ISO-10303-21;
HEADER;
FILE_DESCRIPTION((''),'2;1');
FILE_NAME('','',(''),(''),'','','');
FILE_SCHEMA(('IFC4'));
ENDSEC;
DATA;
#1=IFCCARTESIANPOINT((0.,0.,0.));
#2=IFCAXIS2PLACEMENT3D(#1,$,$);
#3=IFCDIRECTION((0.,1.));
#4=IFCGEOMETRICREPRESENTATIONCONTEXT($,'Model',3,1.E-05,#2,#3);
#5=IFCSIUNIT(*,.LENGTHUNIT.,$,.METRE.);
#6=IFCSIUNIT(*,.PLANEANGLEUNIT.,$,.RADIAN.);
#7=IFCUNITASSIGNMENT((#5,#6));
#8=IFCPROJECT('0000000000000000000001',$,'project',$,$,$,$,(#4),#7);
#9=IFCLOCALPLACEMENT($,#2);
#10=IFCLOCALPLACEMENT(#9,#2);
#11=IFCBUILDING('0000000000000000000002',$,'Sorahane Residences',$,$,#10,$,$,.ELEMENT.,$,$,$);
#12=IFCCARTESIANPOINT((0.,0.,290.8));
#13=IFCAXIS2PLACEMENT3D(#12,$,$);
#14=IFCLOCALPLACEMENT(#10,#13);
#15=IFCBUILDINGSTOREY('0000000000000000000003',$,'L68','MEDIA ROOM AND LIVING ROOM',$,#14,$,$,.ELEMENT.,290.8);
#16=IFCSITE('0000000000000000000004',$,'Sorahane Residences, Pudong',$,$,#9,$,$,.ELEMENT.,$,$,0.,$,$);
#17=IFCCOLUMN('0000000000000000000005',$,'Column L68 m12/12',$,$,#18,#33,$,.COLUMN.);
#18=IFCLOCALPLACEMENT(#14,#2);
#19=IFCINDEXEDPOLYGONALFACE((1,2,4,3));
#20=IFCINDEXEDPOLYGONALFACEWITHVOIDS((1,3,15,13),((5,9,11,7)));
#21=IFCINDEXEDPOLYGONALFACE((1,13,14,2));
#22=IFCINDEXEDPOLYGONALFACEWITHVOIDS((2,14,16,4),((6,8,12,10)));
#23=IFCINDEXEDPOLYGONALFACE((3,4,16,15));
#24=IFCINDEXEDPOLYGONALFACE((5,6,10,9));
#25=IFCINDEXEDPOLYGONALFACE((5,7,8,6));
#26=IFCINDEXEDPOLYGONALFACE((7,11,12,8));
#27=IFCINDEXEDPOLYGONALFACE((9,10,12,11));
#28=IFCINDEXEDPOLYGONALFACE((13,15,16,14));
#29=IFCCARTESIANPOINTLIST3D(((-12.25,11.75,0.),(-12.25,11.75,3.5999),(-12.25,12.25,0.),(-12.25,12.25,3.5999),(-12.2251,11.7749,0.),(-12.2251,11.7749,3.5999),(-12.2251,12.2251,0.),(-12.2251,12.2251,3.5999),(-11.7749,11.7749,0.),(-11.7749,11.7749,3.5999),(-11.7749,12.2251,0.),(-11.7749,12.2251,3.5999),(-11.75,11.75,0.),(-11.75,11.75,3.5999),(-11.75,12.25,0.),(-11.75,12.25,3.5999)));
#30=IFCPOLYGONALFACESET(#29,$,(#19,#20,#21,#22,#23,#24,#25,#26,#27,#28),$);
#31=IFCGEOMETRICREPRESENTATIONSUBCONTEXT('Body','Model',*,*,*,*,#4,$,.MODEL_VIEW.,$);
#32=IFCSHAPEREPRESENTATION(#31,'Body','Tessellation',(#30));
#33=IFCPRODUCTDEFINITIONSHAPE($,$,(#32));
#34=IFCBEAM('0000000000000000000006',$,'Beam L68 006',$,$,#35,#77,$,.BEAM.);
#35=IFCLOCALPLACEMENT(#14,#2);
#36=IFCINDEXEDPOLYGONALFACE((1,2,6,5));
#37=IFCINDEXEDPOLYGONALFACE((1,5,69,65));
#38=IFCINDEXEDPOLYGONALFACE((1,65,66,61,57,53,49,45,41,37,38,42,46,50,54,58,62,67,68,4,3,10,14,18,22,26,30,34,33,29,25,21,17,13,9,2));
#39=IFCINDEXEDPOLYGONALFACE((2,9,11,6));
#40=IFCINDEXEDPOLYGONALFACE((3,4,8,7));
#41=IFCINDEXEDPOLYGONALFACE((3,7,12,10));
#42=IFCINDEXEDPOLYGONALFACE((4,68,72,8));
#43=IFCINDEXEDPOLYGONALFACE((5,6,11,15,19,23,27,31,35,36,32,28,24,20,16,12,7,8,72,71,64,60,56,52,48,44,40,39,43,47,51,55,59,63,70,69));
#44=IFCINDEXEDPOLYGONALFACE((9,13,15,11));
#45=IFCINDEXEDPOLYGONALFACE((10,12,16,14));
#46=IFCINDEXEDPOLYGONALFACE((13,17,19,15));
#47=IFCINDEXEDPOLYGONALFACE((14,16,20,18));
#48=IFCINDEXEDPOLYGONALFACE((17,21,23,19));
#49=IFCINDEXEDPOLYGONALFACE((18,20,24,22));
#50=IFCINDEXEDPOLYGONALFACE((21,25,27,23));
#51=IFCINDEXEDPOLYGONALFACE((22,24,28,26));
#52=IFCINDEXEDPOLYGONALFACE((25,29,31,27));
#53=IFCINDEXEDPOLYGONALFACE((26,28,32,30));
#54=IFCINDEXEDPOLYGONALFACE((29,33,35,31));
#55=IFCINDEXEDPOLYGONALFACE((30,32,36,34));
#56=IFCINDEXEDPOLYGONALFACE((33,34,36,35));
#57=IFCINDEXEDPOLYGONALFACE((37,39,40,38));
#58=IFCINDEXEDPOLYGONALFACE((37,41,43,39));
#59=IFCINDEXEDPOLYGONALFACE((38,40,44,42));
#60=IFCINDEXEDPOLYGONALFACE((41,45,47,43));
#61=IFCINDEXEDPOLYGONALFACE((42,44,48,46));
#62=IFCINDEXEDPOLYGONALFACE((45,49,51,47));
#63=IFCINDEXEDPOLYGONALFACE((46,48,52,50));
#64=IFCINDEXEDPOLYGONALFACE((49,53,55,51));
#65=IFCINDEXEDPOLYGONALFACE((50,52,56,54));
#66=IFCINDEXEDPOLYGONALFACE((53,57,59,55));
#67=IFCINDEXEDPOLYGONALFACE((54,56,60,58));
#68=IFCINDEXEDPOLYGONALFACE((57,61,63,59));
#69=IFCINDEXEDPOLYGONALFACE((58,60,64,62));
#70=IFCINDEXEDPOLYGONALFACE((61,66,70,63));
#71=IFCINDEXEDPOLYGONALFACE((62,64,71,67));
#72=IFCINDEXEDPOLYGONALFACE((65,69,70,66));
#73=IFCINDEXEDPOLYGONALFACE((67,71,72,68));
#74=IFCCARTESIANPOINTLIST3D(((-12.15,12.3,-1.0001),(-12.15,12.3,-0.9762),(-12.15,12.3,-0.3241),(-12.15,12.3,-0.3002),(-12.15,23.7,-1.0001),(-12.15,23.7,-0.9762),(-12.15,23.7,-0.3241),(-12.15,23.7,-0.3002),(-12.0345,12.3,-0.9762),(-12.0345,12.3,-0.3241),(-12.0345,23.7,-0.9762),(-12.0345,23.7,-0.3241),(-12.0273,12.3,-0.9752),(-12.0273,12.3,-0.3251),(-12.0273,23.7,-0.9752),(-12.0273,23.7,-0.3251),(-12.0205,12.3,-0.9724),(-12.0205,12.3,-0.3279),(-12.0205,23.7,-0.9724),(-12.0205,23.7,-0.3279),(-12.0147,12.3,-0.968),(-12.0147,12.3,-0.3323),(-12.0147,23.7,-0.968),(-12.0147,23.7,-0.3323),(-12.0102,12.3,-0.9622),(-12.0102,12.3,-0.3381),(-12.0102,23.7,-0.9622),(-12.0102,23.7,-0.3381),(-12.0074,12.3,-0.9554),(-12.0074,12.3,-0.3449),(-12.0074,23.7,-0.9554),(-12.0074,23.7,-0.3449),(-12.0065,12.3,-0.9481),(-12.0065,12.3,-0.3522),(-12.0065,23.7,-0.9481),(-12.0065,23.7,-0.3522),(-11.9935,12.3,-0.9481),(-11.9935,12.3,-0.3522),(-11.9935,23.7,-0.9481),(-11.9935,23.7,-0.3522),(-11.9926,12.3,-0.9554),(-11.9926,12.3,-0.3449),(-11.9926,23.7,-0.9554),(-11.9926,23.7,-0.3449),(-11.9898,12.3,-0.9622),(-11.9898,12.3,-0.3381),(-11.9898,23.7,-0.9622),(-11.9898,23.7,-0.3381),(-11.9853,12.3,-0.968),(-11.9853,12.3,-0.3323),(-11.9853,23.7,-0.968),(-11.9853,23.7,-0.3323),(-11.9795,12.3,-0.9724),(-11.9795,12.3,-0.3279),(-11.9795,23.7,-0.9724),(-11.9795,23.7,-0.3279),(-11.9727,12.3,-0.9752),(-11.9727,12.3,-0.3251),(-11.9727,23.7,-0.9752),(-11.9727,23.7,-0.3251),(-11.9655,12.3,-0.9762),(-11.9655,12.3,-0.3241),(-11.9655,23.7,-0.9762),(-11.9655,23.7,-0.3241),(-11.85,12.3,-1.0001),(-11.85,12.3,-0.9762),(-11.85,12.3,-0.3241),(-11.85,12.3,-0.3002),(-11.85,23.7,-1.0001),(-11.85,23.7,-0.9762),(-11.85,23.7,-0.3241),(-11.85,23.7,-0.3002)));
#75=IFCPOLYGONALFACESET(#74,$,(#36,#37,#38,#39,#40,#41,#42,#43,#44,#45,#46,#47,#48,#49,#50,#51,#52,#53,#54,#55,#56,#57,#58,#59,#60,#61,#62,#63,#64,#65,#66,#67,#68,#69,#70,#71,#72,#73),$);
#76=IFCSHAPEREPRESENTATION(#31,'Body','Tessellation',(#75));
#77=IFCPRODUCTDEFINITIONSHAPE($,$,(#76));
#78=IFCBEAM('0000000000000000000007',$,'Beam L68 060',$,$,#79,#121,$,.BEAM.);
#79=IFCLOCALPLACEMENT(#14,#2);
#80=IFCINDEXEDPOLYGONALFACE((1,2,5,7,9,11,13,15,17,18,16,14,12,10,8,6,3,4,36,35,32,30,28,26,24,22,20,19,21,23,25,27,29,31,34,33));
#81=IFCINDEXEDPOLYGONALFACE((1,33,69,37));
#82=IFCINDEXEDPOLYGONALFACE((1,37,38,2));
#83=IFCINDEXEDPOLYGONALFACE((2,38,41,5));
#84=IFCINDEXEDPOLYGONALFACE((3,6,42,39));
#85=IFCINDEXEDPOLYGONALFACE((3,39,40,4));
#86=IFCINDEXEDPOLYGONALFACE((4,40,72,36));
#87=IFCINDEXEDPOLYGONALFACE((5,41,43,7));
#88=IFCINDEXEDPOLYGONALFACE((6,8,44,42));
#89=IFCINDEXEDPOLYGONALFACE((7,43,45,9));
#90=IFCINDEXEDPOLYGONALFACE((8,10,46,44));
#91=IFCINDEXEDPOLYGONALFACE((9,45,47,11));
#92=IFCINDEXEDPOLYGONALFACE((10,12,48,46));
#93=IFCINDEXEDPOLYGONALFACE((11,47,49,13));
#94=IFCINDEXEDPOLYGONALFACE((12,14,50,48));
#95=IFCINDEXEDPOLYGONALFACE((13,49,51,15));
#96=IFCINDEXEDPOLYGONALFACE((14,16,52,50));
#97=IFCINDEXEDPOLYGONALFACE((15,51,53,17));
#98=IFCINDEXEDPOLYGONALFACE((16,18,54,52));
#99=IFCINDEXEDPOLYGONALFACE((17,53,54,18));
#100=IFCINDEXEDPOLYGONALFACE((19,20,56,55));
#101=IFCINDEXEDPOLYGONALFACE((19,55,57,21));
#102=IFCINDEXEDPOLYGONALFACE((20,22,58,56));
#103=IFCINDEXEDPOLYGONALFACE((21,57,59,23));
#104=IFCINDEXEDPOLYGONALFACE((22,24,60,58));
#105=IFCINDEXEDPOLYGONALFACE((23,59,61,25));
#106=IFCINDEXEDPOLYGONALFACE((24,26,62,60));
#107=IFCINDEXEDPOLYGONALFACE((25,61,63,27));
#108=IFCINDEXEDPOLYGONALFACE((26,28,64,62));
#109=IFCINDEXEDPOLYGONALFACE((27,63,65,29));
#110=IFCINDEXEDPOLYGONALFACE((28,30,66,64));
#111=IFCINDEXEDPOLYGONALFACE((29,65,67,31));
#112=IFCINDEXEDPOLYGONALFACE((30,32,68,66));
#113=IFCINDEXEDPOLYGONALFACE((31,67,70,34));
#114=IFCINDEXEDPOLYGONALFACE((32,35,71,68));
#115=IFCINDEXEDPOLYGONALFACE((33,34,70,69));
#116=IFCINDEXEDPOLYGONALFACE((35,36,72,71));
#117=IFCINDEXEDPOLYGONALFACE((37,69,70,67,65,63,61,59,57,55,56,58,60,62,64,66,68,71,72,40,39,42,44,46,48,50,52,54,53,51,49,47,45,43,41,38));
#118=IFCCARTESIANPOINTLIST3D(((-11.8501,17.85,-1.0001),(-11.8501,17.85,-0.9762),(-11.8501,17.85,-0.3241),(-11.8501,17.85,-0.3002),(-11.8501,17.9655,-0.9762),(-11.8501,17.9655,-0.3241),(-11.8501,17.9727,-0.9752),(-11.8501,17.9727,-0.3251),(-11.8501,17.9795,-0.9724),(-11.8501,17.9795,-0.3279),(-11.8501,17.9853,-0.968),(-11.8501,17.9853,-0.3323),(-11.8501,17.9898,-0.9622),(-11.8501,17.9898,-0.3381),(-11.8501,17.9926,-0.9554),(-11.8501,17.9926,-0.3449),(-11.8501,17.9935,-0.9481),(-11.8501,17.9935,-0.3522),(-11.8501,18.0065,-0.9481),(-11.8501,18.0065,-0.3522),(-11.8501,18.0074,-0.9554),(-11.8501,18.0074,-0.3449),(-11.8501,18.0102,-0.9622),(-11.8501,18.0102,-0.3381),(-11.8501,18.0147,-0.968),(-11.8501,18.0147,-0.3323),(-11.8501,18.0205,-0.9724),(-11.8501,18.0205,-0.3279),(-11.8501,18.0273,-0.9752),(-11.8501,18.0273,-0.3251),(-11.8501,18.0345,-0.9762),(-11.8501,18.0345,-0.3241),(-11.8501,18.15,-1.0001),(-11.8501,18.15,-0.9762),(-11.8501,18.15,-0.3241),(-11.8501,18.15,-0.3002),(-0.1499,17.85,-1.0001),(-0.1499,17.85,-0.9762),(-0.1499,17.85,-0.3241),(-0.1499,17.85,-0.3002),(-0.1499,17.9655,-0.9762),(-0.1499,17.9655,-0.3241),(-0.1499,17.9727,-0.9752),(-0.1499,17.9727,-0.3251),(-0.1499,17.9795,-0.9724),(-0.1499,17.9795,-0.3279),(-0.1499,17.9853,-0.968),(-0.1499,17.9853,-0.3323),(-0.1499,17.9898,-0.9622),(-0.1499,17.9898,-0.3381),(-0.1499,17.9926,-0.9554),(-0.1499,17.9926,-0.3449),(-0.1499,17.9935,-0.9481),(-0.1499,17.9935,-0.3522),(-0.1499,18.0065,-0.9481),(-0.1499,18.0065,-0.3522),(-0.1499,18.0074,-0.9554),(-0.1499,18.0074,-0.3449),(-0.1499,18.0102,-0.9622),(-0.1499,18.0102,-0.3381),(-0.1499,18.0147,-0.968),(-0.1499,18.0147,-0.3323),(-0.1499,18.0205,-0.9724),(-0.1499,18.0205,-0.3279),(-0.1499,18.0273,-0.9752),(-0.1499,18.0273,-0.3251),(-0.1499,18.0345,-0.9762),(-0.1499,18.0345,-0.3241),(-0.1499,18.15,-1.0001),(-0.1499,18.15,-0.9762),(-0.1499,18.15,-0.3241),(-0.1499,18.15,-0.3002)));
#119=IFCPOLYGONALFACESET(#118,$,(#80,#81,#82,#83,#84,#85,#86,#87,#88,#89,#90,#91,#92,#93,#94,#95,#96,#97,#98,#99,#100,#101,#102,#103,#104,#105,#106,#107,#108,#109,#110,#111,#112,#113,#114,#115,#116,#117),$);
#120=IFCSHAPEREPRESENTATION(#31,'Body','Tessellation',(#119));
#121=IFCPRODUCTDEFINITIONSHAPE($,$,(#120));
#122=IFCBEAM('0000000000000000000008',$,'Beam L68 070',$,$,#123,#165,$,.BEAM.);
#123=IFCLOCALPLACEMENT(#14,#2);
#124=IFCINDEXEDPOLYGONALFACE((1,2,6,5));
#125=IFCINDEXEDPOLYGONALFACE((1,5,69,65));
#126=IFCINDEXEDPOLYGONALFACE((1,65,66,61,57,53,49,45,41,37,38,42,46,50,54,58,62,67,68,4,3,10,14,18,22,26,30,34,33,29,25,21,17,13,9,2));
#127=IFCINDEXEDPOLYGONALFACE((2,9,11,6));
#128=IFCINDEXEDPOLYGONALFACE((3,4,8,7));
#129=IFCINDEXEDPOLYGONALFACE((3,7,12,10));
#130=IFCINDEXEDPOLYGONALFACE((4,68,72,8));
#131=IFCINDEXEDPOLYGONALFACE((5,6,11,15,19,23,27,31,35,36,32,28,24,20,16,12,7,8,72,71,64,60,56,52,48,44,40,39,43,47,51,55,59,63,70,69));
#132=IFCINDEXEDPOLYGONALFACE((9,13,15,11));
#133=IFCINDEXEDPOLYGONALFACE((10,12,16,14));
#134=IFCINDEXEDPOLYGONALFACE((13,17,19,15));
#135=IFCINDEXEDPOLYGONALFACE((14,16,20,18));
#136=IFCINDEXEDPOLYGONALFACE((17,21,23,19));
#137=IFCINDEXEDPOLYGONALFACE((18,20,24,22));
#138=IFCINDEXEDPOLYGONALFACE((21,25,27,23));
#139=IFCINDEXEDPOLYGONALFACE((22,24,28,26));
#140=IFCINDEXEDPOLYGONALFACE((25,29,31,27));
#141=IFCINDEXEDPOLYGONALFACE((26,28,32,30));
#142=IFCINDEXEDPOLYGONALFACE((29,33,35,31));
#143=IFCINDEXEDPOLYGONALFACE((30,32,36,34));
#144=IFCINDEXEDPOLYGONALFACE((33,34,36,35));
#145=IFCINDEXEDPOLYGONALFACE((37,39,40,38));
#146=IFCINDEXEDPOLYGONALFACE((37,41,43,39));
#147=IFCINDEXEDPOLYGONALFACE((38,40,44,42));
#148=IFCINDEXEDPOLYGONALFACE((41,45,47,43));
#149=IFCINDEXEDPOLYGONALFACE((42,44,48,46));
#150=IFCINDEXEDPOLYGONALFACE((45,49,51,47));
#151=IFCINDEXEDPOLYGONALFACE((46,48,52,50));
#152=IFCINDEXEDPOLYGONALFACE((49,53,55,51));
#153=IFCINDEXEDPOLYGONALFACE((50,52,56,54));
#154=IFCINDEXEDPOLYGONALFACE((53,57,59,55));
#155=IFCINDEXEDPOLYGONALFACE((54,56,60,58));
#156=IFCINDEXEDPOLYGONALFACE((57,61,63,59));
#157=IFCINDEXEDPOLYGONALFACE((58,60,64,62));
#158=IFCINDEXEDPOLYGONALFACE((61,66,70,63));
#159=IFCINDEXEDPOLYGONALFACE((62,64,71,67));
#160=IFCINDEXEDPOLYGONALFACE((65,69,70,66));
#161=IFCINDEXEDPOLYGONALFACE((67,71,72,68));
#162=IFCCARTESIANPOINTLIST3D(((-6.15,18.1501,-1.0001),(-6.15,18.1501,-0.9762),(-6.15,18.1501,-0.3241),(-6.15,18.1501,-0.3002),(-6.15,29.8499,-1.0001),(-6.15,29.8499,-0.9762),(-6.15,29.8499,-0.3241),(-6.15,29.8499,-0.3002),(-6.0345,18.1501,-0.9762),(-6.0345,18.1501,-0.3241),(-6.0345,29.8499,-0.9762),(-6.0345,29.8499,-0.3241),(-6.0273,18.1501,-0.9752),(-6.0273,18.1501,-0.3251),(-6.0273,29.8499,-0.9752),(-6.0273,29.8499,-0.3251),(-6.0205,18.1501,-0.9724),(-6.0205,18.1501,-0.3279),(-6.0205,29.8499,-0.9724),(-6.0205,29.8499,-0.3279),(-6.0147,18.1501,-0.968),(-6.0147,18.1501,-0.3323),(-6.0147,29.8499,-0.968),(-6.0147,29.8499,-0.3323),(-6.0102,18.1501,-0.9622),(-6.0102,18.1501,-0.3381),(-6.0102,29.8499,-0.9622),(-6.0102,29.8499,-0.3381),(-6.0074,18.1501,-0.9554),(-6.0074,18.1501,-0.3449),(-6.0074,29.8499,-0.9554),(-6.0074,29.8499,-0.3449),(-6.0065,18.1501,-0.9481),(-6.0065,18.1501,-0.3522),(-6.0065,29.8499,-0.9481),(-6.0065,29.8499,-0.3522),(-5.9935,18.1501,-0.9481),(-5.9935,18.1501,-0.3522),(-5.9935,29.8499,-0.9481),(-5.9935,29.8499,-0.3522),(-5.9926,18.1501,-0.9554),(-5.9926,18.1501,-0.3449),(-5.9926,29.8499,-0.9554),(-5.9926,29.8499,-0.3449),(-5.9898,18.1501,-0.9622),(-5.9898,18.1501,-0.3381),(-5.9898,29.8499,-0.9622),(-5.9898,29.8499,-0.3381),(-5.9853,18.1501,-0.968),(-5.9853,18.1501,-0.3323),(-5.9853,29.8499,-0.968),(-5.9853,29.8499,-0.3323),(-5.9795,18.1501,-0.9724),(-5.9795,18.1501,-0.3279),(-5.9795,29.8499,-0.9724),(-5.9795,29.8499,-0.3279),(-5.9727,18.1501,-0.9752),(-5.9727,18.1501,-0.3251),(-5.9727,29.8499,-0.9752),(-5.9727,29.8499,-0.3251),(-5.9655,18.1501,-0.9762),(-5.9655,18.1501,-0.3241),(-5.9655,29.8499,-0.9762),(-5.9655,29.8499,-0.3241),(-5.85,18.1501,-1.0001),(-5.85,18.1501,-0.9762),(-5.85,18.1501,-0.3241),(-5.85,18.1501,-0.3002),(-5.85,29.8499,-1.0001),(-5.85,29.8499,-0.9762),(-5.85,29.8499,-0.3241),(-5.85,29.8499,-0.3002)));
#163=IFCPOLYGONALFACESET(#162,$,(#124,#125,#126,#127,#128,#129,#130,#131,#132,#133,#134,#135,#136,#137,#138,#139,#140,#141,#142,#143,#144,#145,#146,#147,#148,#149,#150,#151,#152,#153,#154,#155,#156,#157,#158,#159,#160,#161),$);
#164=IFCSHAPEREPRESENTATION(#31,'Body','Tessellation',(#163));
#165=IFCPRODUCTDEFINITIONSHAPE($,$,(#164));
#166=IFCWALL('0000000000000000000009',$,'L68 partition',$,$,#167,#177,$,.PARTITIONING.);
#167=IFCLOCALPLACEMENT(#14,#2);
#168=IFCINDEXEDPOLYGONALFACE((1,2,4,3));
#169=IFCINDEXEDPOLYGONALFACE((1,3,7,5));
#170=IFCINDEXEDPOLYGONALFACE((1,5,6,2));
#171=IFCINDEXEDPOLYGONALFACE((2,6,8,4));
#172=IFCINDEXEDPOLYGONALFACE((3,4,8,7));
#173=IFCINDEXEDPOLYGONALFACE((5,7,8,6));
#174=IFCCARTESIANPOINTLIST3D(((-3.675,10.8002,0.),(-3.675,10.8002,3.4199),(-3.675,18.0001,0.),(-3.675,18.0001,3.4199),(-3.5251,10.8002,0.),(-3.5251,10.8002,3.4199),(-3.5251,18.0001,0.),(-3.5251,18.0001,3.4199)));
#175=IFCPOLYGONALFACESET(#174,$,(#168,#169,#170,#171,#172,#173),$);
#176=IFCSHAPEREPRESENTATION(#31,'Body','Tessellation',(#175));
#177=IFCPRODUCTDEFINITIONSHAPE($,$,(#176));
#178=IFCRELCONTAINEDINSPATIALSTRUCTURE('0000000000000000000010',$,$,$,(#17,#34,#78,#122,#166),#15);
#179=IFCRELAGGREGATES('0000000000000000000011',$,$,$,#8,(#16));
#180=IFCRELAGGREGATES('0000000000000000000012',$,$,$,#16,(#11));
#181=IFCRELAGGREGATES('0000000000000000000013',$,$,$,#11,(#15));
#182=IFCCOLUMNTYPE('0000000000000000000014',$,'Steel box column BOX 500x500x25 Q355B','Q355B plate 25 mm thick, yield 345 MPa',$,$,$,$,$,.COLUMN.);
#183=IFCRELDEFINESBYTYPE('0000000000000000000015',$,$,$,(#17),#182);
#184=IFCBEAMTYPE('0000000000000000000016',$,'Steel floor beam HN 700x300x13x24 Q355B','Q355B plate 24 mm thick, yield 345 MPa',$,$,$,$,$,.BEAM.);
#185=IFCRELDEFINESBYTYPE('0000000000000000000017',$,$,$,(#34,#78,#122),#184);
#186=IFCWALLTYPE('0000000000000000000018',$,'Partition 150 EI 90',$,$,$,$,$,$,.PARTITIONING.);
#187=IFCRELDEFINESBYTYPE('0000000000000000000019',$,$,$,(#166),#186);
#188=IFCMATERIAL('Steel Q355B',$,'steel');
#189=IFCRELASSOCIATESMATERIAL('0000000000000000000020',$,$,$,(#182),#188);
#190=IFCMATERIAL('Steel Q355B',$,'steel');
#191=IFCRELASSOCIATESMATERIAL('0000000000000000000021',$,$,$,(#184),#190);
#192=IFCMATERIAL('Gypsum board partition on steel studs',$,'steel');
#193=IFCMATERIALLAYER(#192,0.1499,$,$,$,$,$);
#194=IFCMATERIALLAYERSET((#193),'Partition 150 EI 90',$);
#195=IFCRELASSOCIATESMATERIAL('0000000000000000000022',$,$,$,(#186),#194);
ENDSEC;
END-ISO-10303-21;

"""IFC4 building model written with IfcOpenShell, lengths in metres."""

from ifc_helpers import new_model, si_unit, direction, frame, frame_2d, origin, origin_2d, place, context, subcontext, project, spatial, rectangle, hollow_rectangle, i_section, extrude, material, layer, layer_set, material_profile, profile_set, type_object, element, save


model = new_model("IFC4")

# Units and contexts
model_context = context("Model", 3, precision=1e-05, world=origin(), true_north=direction((0.0, 1.0)))
body_context = subcontext(model_context, "Body", "Model", "MODEL_VIEW")
ifc_project = project(units=[si_unit("LENGTHUNIT", "METRE"), si_unit("PLANEANGLEUNIT", "RADIAN")], contexts=[model_context])

# Site, building, storey
site_placement = place(None, origin())
site = spatial("IfcSite", under=ifc_project, at=site_placement, Name="Sorahane Residences, Pudong", CompositionType="ELEMENT", RefElevation=0.0)
building_placement = place(site_placement, origin())
building = spatial("IfcBuilding", under=site, at=building_placement, Name="Sorahane Residences", CompositionType="ELEMENT")
storey_placement = place(building_placement, frame((0.0, 0.0, 290.8)))
storey = spatial("IfcBuildingStorey", under=building, at=storey_placement, Name="L68", Description="MEDIA ROOM AND LIVING ROOM", CompositionType="ELEMENT", Elevation=290.8)

# Column
ifc_material_1 = material(Name="Steel Q355B", Category="steel")
ifc_material_profile_1 = material_profile(ifc_material_1, hollow_rectangle(XDim=0.5, YDim=0.5, WallThickness=0.0249, at=origin_2d()), Name="BOX 500x500x25")
ifc_profile_set_1 = profile_set([ifc_material_profile_1], Name="Steel Q355B")
column_type = type_object("IfcColumnType", Name="Steel box column BOX 500x500x25 Q355B", Description="Q355B plate 25 mm thick, yield 345 MPa", PredefinedType="COLUMN", material=ifc_profile_set_1)
column_placement = place(storey_placement, frame((-12.0, 12.0, 0.0), z_axis=(0.0, 0.0, 1.0), x_axis=(1.0, 0.0, 0.0)))
element("IfcColumn", 1, at=column_placement, inside=storey, type_object=column_type, Name="Column L68 m12/12", PredefinedType="COLUMN", context=body_context, shape_type="SweptSolid", body=[
    extrude(hollow_rectangle(XDim=0.5, YDim=0.5, WallThickness=0.0249, at=origin_2d()), origin(), (0.0, 0.0, 1.0), 3.5999),
])

# Beams
ifc_material_2 = material(Name="Steel Q355B", Category="steel")
ifc_material_profile_2 = material_profile(ifc_material_2, i_section(OverallWidth=0.3, OverallDepth=0.7, WebThickness=0.0129, FlangeThickness=0.0239, FilletRadius=0.0281, at=origin_2d()), Name="HN 700x300x13x24")
ifc_profile_set_2 = profile_set([ifc_material_profile_2], Name="Steel Q355B")
beam_type = type_object("IfcBeamType", Name="Steel floor beam HN 700x300x13x24 Q355B", Description="Q355B plate 24 mm thick, yield 345 MPa", PredefinedType="BEAM", material=ifc_profile_set_2)
beam_1_placement = place(storey_placement, frame((-12.0, 12.3, -0.6501), z_axis=(0.0, 1.0, 0.0), x_axis=(-1.0, 0.0, 0.0)))
element("IfcBeam", 2, at=beam_1_placement, inside=storey, type_object=beam_type, Name="Beam L68 006", PredefinedType="BEAM", context=body_context, shape_type="SweptSolid", body=[
    extrude(i_section(OverallWidth=0.3, OverallDepth=0.7, WebThickness=0.0129, FlangeThickness=0.0239, FilletRadius=0.0281, at=origin_2d()), origin(), (0.0, 0.0, 1.0), 11.3999),
])
beam_2_placement = place(storey_placement, frame((-11.8501, 18.0, -0.6501), z_axis=(1.0, 0.0, 0.0), x_axis=(0.0, 1.0, 0.0)))
element("IfcBeam", 3, at=beam_2_placement, inside=storey, type_object=beam_type, Name="Beam L68 060", PredefinedType="BEAM", context=body_context, shape_type="SweptSolid", body=[
    extrude(i_section(OverallWidth=0.3, OverallDepth=0.7, WebThickness=0.0129, FlangeThickness=0.0239, FilletRadius=0.0281, at=origin_2d()), origin(), (0.0, 0.0, 1.0), 11.7002),
])
beam_3_placement = place(storey_placement, frame((-6.0, 18.1501, -0.6501), z_axis=(0.0, 1.0, 0.0), x_axis=(-1.0, 0.0, 0.0)))
element("IfcBeam", 4, at=beam_3_placement, inside=storey, type_object=beam_type, Name="Beam L68 070", PredefinedType="BEAM", context=body_context, shape_type="SweptSolid", body=[
    extrude(i_section(OverallWidth=0.3, OverallDepth=0.7, WebThickness=0.0129, FlangeThickness=0.0239, FilletRadius=0.0281, at=origin_2d()), origin(), (0.0, 0.0, 1.0), 11.6997),
])

# Shared definitions
ifc_material_3 = material(Name="Gypsum board partition on steel studs", Category="steel")
ifc_layer_1 = layer(ifc_material_3, 0.1499)
ifc_layer_set_1 = layer_set([ifc_layer_1], Name="Partition 150 EI 90")
wall_type_1 = type_object("IfcWallType", Name="Partition 150 EI 90", PredefinedType="PARTITIONING", material=ifc_layer_set_1)

# Wall
wall_1_placement = place(storey_placement, frame((-3.6001, 10.8, 0.0), z_axis=(0.0, 0.0, 1.0), x_axis=(0.0, 1.0, 0.0)))
element("IfcWall", 5, at=wall_1_placement, inside=storey, type_object=wall_type_1, Name="L68 partition", PredefinedType="PARTITIONING", context=body_context, shape_type="SweptSolid", body=[
    extrude(rectangle(XDim=7.2, YDim=0.1499, at=frame_2d((3.6001, 0.0))), origin(), (0.0, 0.0, 1.0), 3.4199),
])

save(model, "model.ifc")
